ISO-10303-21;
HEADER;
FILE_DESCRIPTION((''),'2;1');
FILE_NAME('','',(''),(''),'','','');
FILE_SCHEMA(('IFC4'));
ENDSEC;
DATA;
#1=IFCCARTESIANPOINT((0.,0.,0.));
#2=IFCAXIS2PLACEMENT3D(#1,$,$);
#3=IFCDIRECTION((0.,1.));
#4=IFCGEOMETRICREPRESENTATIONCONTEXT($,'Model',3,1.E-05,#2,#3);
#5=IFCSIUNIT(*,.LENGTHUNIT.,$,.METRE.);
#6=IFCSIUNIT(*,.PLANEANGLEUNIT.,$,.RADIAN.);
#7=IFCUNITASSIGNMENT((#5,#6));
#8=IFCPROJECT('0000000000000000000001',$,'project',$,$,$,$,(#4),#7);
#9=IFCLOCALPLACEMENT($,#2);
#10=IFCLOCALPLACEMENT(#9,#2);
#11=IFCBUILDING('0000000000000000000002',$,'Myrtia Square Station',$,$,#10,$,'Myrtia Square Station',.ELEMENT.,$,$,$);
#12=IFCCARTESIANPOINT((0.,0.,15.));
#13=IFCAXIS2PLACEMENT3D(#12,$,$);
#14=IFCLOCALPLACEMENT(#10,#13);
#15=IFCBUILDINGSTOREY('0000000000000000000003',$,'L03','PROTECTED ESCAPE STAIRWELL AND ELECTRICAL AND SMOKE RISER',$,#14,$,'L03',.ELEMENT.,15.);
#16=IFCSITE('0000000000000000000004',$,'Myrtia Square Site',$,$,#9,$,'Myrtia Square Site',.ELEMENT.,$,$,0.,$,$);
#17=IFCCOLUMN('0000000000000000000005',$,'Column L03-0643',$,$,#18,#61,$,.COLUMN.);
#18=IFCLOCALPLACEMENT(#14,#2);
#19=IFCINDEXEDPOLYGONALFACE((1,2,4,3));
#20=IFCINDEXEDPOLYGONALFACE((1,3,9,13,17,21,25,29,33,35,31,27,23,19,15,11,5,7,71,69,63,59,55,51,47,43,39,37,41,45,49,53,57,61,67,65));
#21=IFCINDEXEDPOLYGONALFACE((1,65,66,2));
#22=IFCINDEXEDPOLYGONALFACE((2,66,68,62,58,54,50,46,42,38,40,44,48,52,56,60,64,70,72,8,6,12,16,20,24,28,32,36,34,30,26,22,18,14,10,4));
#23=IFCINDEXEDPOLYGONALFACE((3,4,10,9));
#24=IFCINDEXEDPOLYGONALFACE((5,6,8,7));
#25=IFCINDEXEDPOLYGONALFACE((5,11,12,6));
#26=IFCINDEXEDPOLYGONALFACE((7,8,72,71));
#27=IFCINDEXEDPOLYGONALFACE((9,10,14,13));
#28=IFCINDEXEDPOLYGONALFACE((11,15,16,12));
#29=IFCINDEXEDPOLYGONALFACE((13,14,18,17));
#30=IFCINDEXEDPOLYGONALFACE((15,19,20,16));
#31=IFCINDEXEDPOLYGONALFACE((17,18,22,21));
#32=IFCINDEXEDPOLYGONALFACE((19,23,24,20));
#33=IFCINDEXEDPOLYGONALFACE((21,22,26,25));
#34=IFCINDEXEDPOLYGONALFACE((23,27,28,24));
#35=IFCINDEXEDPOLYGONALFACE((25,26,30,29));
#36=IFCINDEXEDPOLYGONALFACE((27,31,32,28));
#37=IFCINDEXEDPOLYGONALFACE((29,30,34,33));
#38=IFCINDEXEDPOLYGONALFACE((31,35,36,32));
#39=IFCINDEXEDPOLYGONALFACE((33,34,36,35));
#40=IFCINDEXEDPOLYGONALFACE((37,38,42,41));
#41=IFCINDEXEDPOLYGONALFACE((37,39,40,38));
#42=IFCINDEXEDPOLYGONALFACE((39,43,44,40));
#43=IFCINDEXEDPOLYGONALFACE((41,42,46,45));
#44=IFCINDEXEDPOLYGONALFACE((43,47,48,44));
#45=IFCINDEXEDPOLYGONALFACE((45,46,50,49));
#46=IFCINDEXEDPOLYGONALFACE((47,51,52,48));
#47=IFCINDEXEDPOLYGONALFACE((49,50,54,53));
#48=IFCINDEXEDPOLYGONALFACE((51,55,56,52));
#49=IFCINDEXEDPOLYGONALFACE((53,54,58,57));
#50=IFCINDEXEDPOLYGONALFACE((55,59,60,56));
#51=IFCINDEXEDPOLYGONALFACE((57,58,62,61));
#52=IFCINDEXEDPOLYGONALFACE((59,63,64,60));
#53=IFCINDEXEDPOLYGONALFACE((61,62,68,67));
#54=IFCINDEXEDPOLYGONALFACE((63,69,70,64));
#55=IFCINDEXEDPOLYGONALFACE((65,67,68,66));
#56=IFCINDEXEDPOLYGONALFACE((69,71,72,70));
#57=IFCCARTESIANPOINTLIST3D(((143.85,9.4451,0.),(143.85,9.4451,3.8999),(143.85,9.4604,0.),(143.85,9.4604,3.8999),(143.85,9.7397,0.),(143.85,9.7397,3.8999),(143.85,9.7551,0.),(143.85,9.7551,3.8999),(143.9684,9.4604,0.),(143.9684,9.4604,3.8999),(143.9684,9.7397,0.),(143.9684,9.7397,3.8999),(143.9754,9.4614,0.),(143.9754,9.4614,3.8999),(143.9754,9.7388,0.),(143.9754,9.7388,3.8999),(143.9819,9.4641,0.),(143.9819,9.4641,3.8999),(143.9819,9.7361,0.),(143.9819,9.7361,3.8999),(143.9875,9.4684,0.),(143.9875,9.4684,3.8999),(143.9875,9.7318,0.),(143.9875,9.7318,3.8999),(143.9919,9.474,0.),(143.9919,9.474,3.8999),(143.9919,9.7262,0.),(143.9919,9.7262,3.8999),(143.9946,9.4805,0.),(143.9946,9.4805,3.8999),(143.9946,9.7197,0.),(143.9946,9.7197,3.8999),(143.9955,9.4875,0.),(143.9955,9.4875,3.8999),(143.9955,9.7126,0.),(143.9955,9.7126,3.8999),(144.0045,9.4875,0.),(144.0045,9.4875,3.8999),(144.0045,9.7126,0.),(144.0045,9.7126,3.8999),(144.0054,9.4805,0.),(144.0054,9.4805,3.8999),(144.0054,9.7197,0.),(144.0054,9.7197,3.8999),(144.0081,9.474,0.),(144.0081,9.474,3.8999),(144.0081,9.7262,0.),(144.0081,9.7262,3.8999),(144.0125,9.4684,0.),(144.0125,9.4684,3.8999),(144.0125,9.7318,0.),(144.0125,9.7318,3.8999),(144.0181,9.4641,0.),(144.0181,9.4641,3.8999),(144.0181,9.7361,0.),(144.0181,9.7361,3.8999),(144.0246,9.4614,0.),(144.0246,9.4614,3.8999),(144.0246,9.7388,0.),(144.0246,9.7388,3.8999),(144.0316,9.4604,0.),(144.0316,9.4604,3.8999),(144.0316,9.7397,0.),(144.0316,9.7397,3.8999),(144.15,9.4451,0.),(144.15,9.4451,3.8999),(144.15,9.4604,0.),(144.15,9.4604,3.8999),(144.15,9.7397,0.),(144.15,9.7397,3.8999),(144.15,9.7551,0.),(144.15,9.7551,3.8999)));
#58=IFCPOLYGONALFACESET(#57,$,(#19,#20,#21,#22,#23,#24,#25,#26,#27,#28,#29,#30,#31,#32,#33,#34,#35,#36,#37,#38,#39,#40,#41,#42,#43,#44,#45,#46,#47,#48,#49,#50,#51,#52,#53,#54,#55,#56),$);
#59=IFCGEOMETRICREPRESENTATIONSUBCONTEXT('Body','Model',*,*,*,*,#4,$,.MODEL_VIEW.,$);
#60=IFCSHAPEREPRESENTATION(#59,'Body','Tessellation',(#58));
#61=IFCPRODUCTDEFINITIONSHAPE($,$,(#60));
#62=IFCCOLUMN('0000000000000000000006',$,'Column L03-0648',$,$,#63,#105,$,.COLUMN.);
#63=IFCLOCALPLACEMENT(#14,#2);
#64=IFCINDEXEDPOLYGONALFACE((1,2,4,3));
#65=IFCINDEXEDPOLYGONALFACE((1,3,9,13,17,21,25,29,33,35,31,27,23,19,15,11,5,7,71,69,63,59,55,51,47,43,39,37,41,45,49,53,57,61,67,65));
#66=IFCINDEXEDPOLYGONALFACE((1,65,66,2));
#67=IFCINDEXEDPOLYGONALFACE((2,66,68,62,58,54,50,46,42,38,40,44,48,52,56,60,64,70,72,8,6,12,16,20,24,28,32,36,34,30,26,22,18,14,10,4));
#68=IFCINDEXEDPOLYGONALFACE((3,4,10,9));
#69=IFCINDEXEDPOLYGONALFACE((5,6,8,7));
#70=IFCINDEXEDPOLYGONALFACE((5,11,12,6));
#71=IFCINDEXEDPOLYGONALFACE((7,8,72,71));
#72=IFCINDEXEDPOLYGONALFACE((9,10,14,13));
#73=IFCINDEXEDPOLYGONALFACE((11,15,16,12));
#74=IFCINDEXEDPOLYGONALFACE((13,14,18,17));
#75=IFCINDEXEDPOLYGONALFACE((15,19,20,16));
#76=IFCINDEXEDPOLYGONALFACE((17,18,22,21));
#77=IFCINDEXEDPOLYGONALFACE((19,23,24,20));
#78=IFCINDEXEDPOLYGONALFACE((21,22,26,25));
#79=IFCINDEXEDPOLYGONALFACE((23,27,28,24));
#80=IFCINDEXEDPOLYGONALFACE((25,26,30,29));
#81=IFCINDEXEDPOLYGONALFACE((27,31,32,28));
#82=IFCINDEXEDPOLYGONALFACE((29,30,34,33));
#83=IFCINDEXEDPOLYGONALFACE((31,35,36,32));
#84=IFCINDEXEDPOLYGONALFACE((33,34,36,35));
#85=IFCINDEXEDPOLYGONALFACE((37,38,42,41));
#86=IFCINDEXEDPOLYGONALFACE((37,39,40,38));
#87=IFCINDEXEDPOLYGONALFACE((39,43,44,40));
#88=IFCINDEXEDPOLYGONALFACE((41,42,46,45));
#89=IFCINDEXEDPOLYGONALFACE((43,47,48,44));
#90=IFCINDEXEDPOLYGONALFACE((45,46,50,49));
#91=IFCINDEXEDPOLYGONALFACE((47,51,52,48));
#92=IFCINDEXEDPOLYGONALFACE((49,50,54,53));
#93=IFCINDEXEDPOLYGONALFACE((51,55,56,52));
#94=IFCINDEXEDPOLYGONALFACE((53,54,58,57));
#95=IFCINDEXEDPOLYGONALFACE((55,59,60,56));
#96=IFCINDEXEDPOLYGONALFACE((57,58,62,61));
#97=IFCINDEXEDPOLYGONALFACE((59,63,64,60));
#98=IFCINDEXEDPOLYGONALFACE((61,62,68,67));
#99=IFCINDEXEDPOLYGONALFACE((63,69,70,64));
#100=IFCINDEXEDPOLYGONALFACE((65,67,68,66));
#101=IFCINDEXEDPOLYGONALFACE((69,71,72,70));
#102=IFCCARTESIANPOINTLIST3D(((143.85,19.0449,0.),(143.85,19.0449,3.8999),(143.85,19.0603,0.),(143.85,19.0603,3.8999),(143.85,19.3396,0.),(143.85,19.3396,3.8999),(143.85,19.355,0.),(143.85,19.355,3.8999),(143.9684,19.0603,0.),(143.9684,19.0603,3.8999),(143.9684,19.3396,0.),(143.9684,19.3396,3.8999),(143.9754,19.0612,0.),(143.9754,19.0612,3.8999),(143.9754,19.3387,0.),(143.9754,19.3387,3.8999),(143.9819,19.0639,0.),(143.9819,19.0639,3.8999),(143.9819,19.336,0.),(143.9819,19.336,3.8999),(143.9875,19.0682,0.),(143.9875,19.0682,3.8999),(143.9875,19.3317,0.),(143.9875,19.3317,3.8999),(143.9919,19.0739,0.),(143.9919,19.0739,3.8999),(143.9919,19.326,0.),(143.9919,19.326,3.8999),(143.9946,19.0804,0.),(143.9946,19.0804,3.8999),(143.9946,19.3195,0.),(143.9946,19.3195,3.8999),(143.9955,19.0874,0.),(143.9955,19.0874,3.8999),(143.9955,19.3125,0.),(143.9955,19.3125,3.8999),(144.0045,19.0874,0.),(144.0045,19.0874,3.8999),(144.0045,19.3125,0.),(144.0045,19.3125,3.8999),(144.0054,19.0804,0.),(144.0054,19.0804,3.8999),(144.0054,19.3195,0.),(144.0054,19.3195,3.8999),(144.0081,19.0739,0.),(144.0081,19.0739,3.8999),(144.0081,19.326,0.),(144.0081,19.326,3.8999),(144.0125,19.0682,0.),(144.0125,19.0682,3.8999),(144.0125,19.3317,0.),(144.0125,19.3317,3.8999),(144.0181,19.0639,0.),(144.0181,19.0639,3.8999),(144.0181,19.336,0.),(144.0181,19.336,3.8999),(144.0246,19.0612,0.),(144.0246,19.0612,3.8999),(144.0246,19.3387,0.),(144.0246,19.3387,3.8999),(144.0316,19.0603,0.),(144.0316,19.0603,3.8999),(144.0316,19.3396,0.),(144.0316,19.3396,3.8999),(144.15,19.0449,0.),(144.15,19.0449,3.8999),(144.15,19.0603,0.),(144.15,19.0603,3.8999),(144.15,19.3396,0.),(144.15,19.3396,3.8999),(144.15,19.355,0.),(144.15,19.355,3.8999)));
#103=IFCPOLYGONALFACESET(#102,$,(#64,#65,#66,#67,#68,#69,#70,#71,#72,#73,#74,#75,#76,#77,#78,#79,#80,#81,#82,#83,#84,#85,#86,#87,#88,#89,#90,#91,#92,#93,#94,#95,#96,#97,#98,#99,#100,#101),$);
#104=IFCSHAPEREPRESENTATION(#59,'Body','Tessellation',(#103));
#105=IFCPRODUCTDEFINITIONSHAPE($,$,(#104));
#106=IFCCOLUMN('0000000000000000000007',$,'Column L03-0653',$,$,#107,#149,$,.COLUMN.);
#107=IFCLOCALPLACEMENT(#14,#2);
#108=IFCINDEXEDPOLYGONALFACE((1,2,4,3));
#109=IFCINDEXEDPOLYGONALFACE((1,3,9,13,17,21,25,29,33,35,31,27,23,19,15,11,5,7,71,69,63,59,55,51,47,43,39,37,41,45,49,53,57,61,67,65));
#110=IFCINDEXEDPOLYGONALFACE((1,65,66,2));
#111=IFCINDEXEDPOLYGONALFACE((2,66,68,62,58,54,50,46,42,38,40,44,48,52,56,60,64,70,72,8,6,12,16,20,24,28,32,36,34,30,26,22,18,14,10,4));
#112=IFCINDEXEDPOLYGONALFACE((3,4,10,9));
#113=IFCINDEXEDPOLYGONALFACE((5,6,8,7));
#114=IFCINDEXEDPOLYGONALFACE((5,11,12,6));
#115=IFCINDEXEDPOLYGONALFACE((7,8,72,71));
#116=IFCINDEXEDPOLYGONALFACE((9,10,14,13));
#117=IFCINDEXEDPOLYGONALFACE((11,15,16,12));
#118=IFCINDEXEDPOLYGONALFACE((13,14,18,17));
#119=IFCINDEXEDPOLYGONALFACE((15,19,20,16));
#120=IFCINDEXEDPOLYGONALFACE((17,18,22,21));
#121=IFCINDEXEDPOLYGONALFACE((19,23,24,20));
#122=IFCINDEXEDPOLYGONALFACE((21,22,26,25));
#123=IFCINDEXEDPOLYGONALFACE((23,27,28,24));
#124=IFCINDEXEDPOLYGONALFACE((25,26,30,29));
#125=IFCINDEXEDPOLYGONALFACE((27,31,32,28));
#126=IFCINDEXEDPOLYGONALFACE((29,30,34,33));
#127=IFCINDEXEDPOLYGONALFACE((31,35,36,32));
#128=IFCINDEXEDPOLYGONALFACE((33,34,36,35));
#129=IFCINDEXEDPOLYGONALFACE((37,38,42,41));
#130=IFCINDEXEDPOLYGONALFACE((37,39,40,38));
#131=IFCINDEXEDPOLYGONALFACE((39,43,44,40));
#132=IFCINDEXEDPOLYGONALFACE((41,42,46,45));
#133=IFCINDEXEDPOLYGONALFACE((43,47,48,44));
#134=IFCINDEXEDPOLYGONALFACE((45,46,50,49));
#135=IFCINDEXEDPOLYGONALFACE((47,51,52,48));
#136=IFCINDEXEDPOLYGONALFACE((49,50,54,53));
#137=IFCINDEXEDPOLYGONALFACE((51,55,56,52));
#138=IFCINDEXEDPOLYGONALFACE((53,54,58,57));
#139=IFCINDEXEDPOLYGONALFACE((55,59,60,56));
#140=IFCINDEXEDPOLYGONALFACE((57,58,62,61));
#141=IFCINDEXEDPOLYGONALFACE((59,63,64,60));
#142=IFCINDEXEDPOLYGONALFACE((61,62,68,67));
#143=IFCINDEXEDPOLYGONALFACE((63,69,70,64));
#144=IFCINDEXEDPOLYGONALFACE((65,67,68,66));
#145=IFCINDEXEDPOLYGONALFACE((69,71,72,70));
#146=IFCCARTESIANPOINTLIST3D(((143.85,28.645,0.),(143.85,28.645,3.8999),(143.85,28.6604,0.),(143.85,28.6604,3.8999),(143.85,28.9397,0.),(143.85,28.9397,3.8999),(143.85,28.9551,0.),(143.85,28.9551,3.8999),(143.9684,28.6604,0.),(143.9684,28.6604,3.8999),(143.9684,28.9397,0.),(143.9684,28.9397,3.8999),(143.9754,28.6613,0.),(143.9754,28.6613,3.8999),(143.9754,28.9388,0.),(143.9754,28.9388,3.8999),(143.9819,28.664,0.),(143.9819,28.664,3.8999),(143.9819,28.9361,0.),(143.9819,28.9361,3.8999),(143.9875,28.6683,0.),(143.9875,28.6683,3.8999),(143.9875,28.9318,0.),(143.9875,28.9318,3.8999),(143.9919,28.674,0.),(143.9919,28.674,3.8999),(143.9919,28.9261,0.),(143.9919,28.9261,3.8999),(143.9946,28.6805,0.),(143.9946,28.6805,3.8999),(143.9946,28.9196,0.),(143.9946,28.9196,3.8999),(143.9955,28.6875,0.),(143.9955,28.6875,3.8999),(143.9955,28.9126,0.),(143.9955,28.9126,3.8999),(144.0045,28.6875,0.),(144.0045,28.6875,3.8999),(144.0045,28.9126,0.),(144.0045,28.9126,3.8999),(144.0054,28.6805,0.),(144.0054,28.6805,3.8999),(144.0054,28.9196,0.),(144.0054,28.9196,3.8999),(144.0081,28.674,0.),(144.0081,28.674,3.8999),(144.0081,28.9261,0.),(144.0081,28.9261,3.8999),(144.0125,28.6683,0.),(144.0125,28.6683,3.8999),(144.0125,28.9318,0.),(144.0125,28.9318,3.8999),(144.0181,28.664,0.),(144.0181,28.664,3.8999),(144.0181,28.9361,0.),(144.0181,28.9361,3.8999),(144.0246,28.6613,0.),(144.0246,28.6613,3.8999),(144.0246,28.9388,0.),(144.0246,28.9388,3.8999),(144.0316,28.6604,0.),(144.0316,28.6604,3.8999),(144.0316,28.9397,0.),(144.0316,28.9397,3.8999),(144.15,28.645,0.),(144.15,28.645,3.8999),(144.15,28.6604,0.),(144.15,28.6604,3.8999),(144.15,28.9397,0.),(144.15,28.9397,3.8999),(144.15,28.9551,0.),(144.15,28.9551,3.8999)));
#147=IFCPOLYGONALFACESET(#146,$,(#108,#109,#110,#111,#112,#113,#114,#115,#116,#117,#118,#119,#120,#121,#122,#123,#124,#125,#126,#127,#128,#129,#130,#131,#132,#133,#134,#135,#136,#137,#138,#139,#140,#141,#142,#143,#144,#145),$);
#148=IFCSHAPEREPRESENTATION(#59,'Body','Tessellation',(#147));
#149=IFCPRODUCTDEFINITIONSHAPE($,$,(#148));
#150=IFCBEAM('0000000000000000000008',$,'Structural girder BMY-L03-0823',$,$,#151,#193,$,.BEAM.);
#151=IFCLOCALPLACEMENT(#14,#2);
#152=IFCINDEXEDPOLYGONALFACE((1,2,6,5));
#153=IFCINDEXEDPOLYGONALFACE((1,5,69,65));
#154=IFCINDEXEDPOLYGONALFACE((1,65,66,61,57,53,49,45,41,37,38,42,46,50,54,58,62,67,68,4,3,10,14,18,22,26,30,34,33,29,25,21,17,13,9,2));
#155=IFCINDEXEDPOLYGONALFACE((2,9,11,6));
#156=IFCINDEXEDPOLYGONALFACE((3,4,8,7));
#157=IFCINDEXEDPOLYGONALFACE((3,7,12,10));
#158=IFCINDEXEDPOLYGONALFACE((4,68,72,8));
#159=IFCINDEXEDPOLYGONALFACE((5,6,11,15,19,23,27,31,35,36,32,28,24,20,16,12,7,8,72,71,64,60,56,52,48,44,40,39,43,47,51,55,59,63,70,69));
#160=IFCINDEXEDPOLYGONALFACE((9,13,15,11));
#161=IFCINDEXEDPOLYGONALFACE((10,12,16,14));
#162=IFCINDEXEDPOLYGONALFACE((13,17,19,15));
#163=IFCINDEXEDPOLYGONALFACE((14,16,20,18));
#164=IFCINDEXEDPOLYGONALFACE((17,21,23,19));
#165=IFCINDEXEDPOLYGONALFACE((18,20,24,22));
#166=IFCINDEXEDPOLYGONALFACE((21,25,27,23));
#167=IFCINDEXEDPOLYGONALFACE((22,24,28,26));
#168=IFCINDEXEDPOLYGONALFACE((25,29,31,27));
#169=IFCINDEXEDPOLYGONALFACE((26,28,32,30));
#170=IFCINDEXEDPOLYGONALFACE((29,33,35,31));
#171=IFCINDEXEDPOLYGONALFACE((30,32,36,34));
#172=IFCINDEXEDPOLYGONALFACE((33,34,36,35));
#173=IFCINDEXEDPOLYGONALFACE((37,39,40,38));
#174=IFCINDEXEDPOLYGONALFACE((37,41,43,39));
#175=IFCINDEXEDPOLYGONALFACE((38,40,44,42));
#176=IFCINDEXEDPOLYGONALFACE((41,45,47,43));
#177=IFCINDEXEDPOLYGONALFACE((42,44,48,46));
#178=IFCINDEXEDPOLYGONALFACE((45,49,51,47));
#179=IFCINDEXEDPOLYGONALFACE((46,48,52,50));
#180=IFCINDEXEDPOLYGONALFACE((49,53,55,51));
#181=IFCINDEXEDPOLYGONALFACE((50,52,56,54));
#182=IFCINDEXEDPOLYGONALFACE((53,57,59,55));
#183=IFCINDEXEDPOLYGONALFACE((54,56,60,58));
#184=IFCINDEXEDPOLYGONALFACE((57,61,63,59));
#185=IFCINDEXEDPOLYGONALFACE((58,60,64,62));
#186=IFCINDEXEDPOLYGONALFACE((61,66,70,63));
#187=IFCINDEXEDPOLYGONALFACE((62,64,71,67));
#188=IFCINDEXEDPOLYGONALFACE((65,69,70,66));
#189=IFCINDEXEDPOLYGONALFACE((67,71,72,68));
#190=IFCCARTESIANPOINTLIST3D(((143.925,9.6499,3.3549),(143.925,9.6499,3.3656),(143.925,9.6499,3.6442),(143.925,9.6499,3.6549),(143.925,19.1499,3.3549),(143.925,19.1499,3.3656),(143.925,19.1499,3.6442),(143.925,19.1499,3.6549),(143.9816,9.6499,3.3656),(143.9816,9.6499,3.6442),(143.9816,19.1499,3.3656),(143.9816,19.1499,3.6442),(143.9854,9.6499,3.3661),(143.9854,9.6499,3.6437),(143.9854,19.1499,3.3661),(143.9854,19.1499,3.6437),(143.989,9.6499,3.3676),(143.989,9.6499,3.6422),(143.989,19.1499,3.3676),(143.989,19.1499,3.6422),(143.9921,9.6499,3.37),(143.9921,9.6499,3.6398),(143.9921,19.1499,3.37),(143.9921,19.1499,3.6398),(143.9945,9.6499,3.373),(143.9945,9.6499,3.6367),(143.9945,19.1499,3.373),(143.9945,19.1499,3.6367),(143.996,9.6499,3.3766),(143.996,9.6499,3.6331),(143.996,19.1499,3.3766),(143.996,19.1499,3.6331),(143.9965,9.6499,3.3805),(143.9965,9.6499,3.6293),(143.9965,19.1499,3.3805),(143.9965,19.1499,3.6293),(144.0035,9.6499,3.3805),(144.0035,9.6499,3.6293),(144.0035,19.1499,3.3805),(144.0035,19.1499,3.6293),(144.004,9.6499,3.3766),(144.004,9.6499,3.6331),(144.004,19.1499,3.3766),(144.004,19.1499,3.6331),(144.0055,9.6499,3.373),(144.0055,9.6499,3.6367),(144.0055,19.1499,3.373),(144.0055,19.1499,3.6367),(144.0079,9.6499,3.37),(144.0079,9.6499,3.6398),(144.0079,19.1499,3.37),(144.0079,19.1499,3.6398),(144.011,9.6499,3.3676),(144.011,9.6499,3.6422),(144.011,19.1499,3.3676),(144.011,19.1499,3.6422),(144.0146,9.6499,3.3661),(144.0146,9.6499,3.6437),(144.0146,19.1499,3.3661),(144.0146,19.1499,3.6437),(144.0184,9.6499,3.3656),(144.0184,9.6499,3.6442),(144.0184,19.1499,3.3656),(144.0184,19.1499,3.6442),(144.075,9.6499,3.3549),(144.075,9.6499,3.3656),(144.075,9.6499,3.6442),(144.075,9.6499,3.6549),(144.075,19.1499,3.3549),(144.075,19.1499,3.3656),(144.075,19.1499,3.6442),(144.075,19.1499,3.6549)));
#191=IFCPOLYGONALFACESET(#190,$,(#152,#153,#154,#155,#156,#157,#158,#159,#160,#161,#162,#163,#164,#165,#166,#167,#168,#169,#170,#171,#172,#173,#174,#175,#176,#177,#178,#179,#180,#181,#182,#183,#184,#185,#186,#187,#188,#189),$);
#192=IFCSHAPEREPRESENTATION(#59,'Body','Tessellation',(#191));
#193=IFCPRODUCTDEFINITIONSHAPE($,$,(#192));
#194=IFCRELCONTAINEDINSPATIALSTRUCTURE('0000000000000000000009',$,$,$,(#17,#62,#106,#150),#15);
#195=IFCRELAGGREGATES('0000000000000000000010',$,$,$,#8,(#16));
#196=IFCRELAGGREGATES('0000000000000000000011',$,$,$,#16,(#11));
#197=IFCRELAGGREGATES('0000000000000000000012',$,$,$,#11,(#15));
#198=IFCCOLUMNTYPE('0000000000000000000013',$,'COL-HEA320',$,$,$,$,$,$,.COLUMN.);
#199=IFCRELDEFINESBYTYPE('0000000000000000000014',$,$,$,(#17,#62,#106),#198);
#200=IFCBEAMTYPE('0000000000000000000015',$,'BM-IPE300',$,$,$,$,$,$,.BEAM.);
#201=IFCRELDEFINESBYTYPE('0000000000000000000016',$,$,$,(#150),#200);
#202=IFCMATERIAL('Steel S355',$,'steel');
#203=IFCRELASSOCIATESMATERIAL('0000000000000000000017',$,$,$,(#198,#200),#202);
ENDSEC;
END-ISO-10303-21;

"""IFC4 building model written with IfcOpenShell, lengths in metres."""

from ifc_helpers import new_model, si_unit, direction, frame, origin, origin_2d, place, context, subcontext, project, spatial, i_section, extrude, material, material_profile, profile_set, type_object, element, save


model = new_model("IFC4")

# Units and contexts
model_context = context("Model", 3, precision=1e-05, world=origin(), true_north=direction((0.0, 1.0)))
body_context = subcontext(model_context, "Body", "Model", "MODEL_VIEW")
ifc_project = project(units=[si_unit("LENGTHUNIT", "METRE"), si_unit("PLANEANGLEUNIT", "RADIAN")], contexts=[model_context])

# Site, building, storey
site_placement = place(None, origin())
site = spatial("IfcSite", under=ifc_project, at=site_placement, Name="Myrtia Square Site", LongName="Myrtia Square Site", CompositionType="ELEMENT", RefElevation=0.0)
building_placement = place(site_placement, origin())
building = spatial("IfcBuilding", under=site, at=building_placement, Name="Myrtia Square Station", LongName="Myrtia Square Station", CompositionType="ELEMENT")
storey_placement = place(building_placement, frame((0.0, 0.0, 15.0)))
storey = spatial("IfcBuildingStorey", under=building, at=storey_placement, Name="L03", Description="PROTECTED ESCAPE STAIRWELL AND ELECTRICAL AND SMOKE RISER", LongName="L03", CompositionType="ELEMENT", Elevation=15.0)

# Columns
ifc_material_1 = material(Name="Steel S355", Category="steel")
ifc_material_profile_1 = material_profile(ifc_material_1, i_section(OverallWidth=0.3, OverallDepth=0.3101, WebThickness=0.009, FlangeThickness=0.0154, FilletRadius=0.0271, at=origin_2d()), Name="HEA 320")
ifc_profile_set_1 = profile_set([ifc_material_profile_1], Name="Steel S355")
column_type = type_object("IfcColumnType", Name="COL-HEA320", PredefinedType="COLUMN", material=ifc_profile_set_1)
for number, where, z_axis, x_axis, name in (
    (1, (144.0, 9.6001, 0.0), (0.0, 0.0, 1.0), (1.0, 0.0, 0.0), "Column L03-0643"),
    (2, (144.0, 19.2, 0.0), (0.0, 0.0, 1.0), (1.0, 0.0, 0.0), "Column L03-0648"),
    (3, (144.0, 28.8, 0.0), (0.0, 0.0, 1.0), (1.0, 0.0, 0.0), "Column L03-0653"),
):
    element("IfcColumn", number, at=place(storey_placement, frame(where, z_axis=z_axis, x_axis=x_axis)), inside=storey, type_object=column_type, Name=name, PredefinedType="COLUMN", context=body_context, shape_type="SweptSolid", body=[
        extrude(i_section(OverallWidth=0.3, OverallDepth=0.3101, WebThickness=0.009, FlangeThickness=0.0154, FilletRadius=0.0271, at=origin_2d()), origin(), (0.0, 0.0, 1.0), 3.8999),
    ])

# Beam
ifc_material_profile_2 = material_profile(ifc_material_1, i_section(OverallWidth=0.1499, OverallDepth=0.3, WebThickness=0.0071, FlangeThickness=0.0107, FilletRadius=0.0149, at=origin_2d()), Name="IPE 300")
ifc_profile_set_2 = profile_set([ifc_material_profile_2], Name="Steel S355")
beam_type = type_object("IfcBeamType", Name="BM-IPE300", PredefinedType="BEAM", material=ifc_profile_set_2)
for number, where, z_axis, x_axis, name in (
    (4, (144.0, 9.6499, 3.5049), (0.0, 1.0, 0.0), (-1.0, 0.0, 0.0), "Structural girder BMY-L03-0823"),
):
    element("IfcBeam", number, at=place(storey_placement, frame(where, z_axis=z_axis, x_axis=x_axis)), inside=storey, type_object=beam_type, Name=name, PredefinedType="BEAM", context=body_context, shape_type="SweptSolid", body=[
        extrude(i_section(OverallWidth=0.1499, OverallDepth=0.3, WebThickness=0.0071, FlangeThickness=0.0107, FilletRadius=0.0149, at=origin_2d()), origin(), (0.0, 0.0, 1.0), 9.5),
    ])

save(model, "model.ifc")
